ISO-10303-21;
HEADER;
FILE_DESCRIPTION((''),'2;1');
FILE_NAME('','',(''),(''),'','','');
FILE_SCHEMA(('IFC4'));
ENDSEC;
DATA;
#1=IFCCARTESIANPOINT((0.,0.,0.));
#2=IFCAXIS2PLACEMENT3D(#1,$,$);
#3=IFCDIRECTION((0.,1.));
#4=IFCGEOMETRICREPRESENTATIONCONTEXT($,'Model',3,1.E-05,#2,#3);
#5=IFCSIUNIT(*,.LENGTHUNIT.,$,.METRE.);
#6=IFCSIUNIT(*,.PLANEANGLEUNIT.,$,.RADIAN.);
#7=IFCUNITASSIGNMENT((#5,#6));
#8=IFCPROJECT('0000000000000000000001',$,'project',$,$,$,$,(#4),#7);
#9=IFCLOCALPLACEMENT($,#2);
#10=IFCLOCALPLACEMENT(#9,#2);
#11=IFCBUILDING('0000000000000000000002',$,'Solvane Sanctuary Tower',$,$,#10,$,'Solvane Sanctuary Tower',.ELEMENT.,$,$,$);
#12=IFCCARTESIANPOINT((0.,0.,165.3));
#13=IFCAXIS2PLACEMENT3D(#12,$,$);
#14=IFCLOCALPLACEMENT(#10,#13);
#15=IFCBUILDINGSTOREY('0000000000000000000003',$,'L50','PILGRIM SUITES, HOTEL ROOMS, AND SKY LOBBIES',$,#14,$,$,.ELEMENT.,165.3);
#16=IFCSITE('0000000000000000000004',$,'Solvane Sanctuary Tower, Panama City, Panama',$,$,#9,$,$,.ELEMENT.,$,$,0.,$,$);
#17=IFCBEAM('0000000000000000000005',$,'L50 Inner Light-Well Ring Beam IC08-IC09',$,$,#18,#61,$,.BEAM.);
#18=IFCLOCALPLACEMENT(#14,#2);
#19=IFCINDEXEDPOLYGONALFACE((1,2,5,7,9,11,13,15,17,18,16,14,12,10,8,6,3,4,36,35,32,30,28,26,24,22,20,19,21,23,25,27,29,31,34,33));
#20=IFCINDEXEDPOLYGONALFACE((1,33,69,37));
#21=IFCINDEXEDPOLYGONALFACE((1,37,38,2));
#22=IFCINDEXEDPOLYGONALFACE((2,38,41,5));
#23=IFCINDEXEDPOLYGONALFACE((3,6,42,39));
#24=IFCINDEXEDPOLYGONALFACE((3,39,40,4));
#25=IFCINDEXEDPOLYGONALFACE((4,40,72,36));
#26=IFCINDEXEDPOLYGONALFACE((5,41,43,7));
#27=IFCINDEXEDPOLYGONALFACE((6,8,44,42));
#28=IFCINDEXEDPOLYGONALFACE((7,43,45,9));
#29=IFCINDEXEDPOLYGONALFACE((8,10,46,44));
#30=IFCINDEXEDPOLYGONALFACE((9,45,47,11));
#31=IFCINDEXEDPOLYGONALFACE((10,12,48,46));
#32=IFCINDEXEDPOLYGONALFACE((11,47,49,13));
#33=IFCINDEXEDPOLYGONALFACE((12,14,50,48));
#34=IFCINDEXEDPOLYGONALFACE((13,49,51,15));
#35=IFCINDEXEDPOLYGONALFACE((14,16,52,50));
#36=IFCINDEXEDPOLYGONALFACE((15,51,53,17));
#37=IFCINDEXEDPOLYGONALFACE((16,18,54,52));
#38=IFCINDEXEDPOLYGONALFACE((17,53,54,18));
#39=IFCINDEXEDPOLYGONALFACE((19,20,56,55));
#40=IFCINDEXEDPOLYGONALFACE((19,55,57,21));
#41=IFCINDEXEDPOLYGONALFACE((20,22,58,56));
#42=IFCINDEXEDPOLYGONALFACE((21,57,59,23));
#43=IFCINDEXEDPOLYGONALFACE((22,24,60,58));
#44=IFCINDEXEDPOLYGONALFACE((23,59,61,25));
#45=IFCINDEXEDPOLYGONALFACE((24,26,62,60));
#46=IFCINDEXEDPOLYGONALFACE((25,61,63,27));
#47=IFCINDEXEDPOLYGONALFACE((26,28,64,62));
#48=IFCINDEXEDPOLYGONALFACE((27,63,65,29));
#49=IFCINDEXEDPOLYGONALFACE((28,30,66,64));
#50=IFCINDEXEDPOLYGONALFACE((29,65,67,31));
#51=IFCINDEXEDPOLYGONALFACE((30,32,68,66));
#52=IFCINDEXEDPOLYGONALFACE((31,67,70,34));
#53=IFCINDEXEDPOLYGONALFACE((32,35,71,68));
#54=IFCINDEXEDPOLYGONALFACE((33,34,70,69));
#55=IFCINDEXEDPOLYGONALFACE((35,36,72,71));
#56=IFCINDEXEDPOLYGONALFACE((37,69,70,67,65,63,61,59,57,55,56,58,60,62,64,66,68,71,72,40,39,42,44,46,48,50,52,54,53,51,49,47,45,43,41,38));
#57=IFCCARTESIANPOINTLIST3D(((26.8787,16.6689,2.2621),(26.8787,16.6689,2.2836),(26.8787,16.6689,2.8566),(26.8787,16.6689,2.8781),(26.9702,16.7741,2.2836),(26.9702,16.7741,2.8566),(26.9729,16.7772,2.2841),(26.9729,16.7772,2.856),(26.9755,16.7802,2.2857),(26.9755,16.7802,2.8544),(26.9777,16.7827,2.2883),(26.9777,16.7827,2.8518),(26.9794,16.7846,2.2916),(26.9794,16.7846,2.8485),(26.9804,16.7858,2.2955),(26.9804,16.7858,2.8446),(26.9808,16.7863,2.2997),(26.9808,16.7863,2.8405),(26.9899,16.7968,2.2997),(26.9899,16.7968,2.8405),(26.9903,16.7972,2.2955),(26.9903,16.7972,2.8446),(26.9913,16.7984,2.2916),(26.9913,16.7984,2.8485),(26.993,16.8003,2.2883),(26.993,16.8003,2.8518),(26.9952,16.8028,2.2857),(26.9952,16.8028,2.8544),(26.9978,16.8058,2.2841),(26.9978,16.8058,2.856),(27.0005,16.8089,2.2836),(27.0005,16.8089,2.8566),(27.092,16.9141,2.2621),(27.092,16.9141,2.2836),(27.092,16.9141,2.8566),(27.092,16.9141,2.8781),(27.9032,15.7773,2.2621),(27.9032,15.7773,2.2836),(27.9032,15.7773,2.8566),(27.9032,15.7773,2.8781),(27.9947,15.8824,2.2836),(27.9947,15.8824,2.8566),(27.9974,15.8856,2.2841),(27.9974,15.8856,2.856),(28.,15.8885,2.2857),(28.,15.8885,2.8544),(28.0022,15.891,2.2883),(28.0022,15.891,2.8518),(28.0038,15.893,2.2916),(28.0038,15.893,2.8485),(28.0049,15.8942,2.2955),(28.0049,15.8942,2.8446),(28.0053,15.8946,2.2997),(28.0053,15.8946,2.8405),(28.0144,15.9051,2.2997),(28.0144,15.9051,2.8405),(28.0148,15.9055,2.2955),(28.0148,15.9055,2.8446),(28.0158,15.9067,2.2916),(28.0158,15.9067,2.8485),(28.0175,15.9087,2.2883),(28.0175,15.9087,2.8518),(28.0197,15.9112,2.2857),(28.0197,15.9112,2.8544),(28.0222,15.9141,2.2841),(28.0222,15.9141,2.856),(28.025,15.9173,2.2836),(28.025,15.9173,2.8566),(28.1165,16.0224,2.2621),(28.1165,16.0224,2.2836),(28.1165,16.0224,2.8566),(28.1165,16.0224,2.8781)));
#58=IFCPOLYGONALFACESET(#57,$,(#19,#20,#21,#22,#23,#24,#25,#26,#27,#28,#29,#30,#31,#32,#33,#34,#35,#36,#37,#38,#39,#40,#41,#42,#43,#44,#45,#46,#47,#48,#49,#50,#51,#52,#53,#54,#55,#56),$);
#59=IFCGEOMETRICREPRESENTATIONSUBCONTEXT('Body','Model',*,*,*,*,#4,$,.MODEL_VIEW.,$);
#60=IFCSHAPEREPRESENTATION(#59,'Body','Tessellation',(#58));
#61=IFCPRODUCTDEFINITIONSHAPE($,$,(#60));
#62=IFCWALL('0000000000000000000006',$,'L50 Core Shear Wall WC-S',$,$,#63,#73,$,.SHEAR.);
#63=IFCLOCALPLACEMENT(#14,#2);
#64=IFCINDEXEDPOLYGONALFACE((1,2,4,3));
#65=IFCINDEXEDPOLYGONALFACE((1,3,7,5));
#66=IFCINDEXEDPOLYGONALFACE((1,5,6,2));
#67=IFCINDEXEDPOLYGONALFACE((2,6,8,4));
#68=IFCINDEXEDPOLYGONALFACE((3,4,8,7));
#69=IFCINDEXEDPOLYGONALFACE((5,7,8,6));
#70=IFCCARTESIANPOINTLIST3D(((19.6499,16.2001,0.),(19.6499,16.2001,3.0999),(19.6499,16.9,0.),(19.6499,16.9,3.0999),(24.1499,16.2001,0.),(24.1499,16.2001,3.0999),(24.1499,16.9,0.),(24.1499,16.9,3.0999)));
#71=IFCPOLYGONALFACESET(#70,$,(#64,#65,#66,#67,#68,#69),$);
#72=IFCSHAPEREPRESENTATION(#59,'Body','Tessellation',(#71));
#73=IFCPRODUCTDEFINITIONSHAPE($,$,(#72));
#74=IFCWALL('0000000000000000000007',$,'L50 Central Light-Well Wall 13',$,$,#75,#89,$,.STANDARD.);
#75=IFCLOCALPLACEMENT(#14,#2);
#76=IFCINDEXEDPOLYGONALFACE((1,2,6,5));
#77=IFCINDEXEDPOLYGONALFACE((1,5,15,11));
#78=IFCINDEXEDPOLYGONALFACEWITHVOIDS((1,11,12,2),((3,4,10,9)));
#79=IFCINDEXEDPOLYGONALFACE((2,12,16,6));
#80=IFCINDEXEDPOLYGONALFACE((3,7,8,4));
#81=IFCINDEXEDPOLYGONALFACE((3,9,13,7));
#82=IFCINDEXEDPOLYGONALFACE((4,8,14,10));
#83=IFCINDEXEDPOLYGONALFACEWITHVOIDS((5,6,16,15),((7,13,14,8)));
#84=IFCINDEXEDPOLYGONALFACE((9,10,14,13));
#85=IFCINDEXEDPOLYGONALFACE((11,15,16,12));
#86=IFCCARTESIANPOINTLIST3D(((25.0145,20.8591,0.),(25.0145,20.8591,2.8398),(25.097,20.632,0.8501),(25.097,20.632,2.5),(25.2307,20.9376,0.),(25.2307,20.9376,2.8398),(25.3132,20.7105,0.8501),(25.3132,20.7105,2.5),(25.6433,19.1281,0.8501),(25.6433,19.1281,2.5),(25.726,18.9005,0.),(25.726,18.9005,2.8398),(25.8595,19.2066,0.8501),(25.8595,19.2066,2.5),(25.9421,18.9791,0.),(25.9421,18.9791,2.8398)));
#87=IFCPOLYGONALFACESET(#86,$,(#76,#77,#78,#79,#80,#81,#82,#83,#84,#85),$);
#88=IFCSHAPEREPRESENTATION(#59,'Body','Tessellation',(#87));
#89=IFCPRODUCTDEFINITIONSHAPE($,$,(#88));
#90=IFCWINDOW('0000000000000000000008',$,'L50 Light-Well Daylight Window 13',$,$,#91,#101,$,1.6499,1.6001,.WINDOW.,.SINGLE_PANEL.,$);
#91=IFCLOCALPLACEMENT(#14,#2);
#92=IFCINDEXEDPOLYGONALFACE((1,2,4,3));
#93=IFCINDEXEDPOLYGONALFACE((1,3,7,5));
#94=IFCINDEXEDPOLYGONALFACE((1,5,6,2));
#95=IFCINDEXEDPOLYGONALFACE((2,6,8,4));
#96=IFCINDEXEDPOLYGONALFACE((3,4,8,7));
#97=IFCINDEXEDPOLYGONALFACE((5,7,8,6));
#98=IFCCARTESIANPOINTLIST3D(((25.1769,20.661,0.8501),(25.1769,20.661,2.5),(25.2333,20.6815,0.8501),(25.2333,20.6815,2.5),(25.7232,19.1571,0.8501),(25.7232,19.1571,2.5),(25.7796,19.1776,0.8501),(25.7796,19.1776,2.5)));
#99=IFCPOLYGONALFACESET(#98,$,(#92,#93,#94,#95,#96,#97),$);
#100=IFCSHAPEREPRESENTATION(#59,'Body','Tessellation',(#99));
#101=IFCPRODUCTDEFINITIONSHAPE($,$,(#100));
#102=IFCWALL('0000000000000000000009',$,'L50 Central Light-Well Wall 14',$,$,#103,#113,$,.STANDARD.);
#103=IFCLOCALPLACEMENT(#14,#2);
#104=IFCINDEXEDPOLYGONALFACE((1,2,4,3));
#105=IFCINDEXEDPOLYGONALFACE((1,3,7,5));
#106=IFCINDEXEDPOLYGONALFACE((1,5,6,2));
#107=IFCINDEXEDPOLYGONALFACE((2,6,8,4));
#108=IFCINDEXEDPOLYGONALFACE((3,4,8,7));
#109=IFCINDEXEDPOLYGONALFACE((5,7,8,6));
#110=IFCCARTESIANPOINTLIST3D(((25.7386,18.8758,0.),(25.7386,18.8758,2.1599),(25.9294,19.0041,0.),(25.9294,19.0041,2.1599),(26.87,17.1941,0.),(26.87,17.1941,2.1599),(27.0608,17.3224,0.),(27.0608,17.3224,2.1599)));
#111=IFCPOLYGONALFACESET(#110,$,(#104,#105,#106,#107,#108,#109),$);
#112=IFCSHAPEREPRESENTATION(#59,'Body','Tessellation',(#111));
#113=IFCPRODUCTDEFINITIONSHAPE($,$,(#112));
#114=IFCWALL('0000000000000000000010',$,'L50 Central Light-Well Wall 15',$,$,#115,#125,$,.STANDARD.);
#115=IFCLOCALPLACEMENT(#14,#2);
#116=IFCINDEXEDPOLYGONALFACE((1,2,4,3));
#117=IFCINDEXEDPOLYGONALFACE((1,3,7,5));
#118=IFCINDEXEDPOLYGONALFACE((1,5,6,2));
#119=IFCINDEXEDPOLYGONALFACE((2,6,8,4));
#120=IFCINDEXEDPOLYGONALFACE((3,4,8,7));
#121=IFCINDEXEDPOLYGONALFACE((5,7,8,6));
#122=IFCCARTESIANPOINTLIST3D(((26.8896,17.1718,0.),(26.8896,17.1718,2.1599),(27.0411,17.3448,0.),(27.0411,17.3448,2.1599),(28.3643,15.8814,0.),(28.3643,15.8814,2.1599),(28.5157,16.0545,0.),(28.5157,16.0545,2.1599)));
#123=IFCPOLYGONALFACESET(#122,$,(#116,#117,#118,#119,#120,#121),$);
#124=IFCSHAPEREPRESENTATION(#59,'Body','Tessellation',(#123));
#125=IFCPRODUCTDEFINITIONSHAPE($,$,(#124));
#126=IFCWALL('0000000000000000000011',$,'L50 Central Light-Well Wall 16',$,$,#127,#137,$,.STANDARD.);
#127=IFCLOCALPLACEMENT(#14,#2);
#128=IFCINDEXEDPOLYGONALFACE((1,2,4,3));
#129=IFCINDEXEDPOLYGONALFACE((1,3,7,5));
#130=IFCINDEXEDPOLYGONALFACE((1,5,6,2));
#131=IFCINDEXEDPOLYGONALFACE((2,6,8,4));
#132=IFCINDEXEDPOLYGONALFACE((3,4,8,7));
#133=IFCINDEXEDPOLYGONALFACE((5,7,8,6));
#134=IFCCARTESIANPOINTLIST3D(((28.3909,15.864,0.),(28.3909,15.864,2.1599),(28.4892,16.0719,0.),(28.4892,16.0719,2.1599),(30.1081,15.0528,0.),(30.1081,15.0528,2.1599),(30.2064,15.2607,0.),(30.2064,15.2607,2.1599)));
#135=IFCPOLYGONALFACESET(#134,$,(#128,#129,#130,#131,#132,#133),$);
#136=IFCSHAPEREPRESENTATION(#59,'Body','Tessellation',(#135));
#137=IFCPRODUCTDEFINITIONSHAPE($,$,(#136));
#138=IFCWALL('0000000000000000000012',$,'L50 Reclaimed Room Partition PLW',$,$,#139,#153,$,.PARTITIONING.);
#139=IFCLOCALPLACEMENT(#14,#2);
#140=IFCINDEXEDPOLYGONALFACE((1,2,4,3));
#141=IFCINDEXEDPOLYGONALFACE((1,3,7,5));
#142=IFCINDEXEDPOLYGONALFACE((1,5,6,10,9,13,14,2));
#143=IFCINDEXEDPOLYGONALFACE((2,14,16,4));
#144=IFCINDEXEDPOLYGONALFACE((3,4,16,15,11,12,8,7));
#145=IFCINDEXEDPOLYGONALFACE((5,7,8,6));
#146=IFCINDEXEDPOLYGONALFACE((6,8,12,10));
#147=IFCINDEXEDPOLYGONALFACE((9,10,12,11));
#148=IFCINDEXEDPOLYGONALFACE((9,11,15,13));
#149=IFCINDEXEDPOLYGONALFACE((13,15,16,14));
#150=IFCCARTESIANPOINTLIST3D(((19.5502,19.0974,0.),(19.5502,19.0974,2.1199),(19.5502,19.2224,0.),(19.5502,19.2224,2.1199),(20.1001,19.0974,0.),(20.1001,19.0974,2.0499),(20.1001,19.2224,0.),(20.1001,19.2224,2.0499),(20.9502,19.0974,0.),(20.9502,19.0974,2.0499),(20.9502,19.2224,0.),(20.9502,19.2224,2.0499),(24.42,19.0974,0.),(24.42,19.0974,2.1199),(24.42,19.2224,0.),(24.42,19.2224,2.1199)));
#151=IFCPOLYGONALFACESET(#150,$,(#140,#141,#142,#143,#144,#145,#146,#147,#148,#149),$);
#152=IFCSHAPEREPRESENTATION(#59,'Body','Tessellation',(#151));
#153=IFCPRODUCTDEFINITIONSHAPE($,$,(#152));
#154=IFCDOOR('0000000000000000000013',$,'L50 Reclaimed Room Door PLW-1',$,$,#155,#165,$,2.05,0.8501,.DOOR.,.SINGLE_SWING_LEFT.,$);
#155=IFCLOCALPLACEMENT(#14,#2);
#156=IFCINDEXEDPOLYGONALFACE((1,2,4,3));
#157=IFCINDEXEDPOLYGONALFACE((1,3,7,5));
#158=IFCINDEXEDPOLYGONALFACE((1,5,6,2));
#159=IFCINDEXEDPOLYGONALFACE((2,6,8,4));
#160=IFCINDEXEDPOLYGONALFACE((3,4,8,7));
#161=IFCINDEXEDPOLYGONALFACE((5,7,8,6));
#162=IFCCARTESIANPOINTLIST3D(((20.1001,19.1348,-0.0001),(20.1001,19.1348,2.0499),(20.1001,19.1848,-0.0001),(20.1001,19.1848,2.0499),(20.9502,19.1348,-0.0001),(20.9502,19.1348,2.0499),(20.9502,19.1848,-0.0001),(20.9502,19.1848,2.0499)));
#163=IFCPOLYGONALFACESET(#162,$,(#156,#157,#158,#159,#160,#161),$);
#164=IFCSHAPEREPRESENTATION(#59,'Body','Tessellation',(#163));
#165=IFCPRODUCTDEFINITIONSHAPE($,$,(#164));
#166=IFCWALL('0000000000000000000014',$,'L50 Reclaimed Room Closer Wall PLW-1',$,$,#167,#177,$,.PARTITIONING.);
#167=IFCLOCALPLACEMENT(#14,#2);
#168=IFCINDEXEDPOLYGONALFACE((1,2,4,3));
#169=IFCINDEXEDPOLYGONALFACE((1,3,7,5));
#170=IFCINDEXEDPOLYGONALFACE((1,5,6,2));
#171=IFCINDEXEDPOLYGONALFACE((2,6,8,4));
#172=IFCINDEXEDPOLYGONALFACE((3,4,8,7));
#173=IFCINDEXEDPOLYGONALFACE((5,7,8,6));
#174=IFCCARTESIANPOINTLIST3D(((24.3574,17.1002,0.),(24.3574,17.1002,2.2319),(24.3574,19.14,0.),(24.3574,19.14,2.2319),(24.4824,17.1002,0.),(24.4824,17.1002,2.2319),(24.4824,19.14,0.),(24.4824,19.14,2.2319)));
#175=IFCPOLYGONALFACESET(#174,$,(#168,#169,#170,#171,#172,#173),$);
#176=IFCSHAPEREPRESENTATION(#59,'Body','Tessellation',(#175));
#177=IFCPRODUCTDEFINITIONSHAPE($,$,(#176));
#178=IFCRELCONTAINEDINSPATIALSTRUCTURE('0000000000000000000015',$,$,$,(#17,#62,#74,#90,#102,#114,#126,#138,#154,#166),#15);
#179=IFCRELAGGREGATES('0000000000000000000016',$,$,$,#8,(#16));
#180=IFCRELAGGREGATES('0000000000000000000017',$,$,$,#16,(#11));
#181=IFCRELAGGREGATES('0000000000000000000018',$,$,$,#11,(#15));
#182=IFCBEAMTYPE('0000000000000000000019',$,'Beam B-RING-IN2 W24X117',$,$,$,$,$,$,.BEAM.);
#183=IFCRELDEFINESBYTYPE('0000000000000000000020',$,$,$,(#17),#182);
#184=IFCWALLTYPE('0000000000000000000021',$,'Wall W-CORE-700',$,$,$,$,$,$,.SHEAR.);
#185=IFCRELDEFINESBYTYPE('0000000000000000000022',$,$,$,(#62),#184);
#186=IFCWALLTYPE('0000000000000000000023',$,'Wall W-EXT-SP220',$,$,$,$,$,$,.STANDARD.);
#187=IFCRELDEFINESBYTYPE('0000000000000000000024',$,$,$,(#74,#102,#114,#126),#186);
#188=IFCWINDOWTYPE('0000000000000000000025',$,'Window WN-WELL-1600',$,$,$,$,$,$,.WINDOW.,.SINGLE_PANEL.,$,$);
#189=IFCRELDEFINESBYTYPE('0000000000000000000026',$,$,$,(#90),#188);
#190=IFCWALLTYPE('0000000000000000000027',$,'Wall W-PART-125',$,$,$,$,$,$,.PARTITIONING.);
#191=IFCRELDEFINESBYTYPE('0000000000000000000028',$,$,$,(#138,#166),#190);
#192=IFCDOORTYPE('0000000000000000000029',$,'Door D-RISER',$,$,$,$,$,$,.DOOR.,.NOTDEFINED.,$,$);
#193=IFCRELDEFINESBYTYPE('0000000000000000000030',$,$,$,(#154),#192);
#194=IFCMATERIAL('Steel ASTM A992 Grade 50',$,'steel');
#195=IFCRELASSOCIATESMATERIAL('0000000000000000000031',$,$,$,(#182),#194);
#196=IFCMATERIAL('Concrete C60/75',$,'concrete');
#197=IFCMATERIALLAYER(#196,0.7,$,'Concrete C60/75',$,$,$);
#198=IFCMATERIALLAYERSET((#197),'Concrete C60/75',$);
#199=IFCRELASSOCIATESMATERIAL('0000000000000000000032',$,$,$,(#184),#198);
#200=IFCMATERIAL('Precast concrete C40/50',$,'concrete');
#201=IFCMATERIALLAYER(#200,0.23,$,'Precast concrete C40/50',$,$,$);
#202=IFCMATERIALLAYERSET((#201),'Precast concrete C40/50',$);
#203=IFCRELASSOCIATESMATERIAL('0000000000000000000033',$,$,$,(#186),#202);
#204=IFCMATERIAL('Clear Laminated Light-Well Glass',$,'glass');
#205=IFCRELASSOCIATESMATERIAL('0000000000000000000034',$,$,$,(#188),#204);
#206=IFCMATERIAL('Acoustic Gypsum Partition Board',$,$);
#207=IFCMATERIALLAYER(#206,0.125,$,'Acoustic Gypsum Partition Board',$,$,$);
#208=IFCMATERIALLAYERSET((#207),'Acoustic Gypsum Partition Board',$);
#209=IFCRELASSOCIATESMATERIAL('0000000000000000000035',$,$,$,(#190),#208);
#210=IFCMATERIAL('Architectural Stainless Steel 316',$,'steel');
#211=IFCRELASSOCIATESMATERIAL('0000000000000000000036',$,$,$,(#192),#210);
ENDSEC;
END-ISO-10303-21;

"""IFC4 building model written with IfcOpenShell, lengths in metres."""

from ifc_helpers import new_model, si_unit, direction, frame, frame_2d, origin, origin_2d, place, context, subcontext, project, spatial, rectangle, i_section, extrude, material, layer, layer_set, material_profile, profile_set, type_object, element, fill, save


model = new_model("IFC4")

# Units and contexts
model_context = context("Model", 3, precision=1e-05, world=origin(), true_north=direction((0.0, 1.0)))
body_context = subcontext(model_context, "Body", "Model", "MODEL_VIEW")
ifc_project = project(units=[si_unit("LENGTHUNIT", "METRE"), si_unit("PLANEANGLEUNIT", "RADIAN")], contexts=[model_context])

# Site, building, storey
site_placement = place(None, origin())
site = spatial("IfcSite", under=ifc_project, at=site_placement, Name="Solvane Sanctuary Tower, Panama City, Panama", CompositionType="ELEMENT", RefElevation=0.0)
building_placement = place(site_placement, origin())
building = spatial("IfcBuilding", under=site, at=building_placement, Name="Solvane Sanctuary Tower", LongName="Solvane Sanctuary Tower", CompositionType="ELEMENT")
storey_placement = place(building_placement, frame((0.0, 0.0, 165.3)))
storey = spatial("IfcBuildingStorey", under=building, at=storey_placement, Name="L50", Description="PILGRIM SUITES, HOTEL ROOMS, AND SKY LOBBIES", CompositionType="ELEMENT", Elevation=165.3)

# Beam
ifc_material_1 = material(Name="Steel ASTM A992 Grade 50", Category="steel")
ifc_material_profile_1 = material_profile(ifc_material_1, i_section(OverallWidth=0.325, OverallDepth=0.616, WebThickness=0.0139, FlangeThickness=0.0215, FilletRadius=0.0161, at=origin_2d()), Name="W24X117")
ifc_profile_set_1 = profile_set([ifc_material_profile_1], Name="Steel ASTM A992 Grade 50")
beam_type_1 = type_object("IfcBeamType", Name="Beam B-RING-IN2 W24X117", PredefinedType="BEAM", material=ifc_profile_set_1)
beam_1_placement = place(storey_placement, frame((26.9854, 16.7915, 2.5701), z_axis=(0.754311, -0.656517, 0.0), x_axis=(0.656517, 0.754311, 0.0)))
element("IfcBeam", 1, at=beam_1_placement, inside=storey, type_object=beam_type_1, Name="L50 Inner Light-Well Ring Beam IC08-IC09", PredefinedType="BEAM", context=body_context, shape_type="SweptSolid", body=[
    extrude(i_section(OverallWidth=0.325, OverallDepth=0.616, WebThickness=0.0139, FlangeThickness=0.0215, FilletRadius=0.0161, at=origin_2d()), origin(), (0.0, 0.0, 1.0), 1.3582),
])

# Wall
ifc_material_2 = material(Name="Concrete C60/75", Category="concrete")
ifc_layer_1 = layer(ifc_material_2, 0.7, Name="Concrete C60/75")
ifc_layer_set_1 = layer_set([ifc_layer_1], Name="Concrete C60/75")
wall_type_1 = type_object("IfcWallType", Name="Wall W-CORE-700", PredefinedType="SHEAR", material=ifc_layer_set_1)
wall_1_placement = place(storey_placement, frame((19.6499, 16.55, 0.0), z_axis=(0.0, 0.0, 1.0), x_axis=(1.0, 0.0, 0.0)))
element("IfcWall", 2, at=wall_1_placement, inside=storey, type_object=wall_type_1, Name="L50 Core Shear Wall WC-S", PredefinedType="SHEAR", context=body_context, shape_type="SweptSolid", body=[
    extrude(rectangle(XDim=4.5, YDim=0.7, at=frame_2d((2.25, 0.0))), origin(), (0.0, 0.0, 1.0), 3.0999),
])

# Wall, opening, window
ifc_material_3 = material(Name="Precast concrete C40/50", Category="concrete")
ifc_layer_2 = layer(ifc_material_3, 0.23, Name="Precast concrete C40/50")
ifc_layer_set_2 = layer_set([ifc_layer_2], Name="Precast concrete C40/50")
wall_type_2 = type_object("IfcWallType", Name="Wall W-EXT-SP220", PredefinedType="STANDARD", material=ifc_layer_set_2)
wall_2_placement = place(storey_placement, frame((25.1226, 20.8984, 0.0), z_axis=(0.0, 0.0, 1.0), x_axis=(0.341423, -0.93991, 0.0)))
wall_2 = element("IfcWall", 3, at=wall_2_placement, inside=storey, type_object=wall_type_2, Name="L50 Central Light-Well Wall 13", PredefinedType="STANDARD", context=body_context, shape_type="SweptSolid", body=[
    extrude(rectangle(XDim=2.0837, YDim=0.23, at=frame_2d((1.042, 0.0))), origin(), (0.0, 0.0, 1.0), 2.8398),
])
opening_1_placement = place(wall_2_placement, frame((0.2417, 0.0, 0.8501)))
opening_1 = element("IfcOpeningElement", 4, at=opening_1_placement, cuts=wall_2, PredefinedType="OPENING", context=body_context, shape_type="SweptSolid", body=[
    extrude(rectangle(XDim=1.6001, YDim=1.6499, at=frame_2d((0.8, 0.825))), frame((0.0, 0.125, 0.0), z_axis=(0.0, -1.0, 0.0), x_axis=(1.0, 0.0, 0.0)), (0.0, 0.0, 1.0), 0.25),
])
ifc_material_4 = material(Name="Clear Laminated Light-Well Glass", Category="glass")
window_type = type_object("IfcWindowType", Name="Window WN-WELL-1600", PartitioningType="SINGLE_PANEL", PredefinedType="WINDOW", material=ifc_material_4)
window_placement = place(opening_1_placement, origin())
window = element("IfcWindow", 5, at=window_placement, inside=storey, type_object=window_type, Name="L50 Light-Well Daylight Window 13", OverallHeight=1.6499, OverallWidth=1.6001, PartitioningType="SINGLE_PANEL", PredefinedType="WINDOW", context=body_context, shape_type="SweptSolid", body=[
    extrude(rectangle(XDim=1.6001, YDim=1.6499, at=frame_2d((0.8, 0.825))), frame((0.0, 0.03, 0.0), z_axis=(0.0, -1.0, 0.0), x_axis=(1.0, 0.0, 0.0)), (0.0, 0.0, 1.0), 0.0601),
])
fill(opening_1, window)

# Walls
wall_3_placement = place(storey_placement, frame((25.834, 18.9399, 0.0), z_axis=(0.0, 0.0, 1.0), x_axis=(0.558198, -0.829708, 0.0)))
element("IfcWall", 6, at=wall_3_placement, inside=storey, type_object=wall_type_2, Name="L50 Central Light-Well Wall 14", PredefinedType="STANDARD", context=body_context, shape_type="SweptSolid", body=[
    extrude(rectangle(XDim=2.0269, YDim=0.23, at=frame_2d((1.0134, 0.0))), origin(), (0.0, 0.0, 1.0), 2.1599),
])
wall_4_placement = place(storey_placement, frame((26.9653, 17.2583, 0.0), z_axis=(0.0, 0.0, 1.0), x_axis=(0.752577, -0.658505, 0.0)))
element("IfcWall", 7, at=wall_4_placement, inside=storey, type_object=wall_type_2, Name="L50 Central Light-Well Wall 15", PredefinedType="STANDARD", context=body_context, shape_type="SweptSolid", body=[
    extrude(rectangle(XDim=1.9595, YDim=0.23, at=frame_2d((0.9797, 0.0))), origin(), (0.0, 0.0, 1.0), 2.1599),
])
wall_5_placement = place(storey_placement, frame((28.4399, 15.968, 0.0), z_axis=(0.0, 0.0, 1.0), x_axis=(0.90418, -0.427152, 0.0)))
element("IfcWall", 8, at=wall_5_placement, inside=storey, type_object=wall_type_2, Name="L50 Central Light-Well Wall 16", PredefinedType="STANDARD", context=body_context, shape_type="SweptSolid", body=[
    extrude(rectangle(XDim=1.8992, YDim=0.23, at=frame_2d((0.9497, 0.0))), origin(), (0.0, 0.0, 1.0), 2.1599),
])

# Wall, opening, door
ifc_material_5 = material(Name="Acoustic Gypsum Partition Board")
ifc_layer_3 = layer(ifc_material_5, 0.125, Name="Acoustic Gypsum Partition Board")
ifc_layer_set_3 = layer_set([ifc_layer_3], Name="Acoustic Gypsum Partition Board")
wall_type_3 = type_object("IfcWallType", Name="Wall W-PART-125", PredefinedType="PARTITIONING", material=ifc_layer_set_3)
wall_6_placement = place(storey_placement, frame((19.55, 19.1599, 0.0), z_axis=(0.0, 0.0, 1.0), x_axis=(1.0, 0.0, 0.0)))
wall_6 = element("IfcWall", 9, at=wall_6_placement, inside=storey, type_object=wall_type_3, Name="L50 Reclaimed Room Partition PLW", PredefinedType="PARTITIONING", context=body_context, shape_type="SweptSolid", body=[
    extrude(rectangle(XDim=4.8699, YDim=0.125, at=frame_2d((2.4351, 0.0))), origin(), (0.0, 0.0, 1.0), 2.1199),
])
opening_2_placement = place(wall_6_placement, frame((0.55, 0.0, 0.0)))
opening_2 = element("IfcOpeningElement", 10, at=opening_2_placement, cuts=wall_6, PredefinedType="OPENING", context=body_context, shape_type="SweptSolid", body=[
    extrude(rectangle(XDim=0.8501, YDim=2.05, at=frame_2d((0.425, 1.0249))), frame((0.0, 0.0725, 0.0), z_axis=(0.0, -1.0, 0.0), x_axis=(1.0, 0.0, 0.0)), (0.0, 0.0, 1.0), 0.145),
])
ifc_material_6 = material(Name="Architectural Stainless Steel 316", Category="steel")
door_type = type_object("IfcDoorType", Name="Door D-RISER", OperationType="NOTDEFINED", PredefinedType="DOOR", material=ifc_material_6)
door_placement = place(opening_2_placement, origin())
door = element("IfcDoor", 11, at=door_placement, inside=storey, type_object=door_type, Name="L50 Reclaimed Room Door PLW-1", OperationType="SINGLE_SWING_LEFT", OverallHeight=2.05, OverallWidth=0.8501, PredefinedType="DOOR", context=body_context, shape_type="SweptSolid", body=[
    extrude(rectangle(XDim=0.8501, YDim=2.05, at=frame_2d((0.425, 1.0249))), frame((0.0, 0.0249, 0.0), z_axis=(0.0, -1.0, 0.0), x_axis=(1.0, 0.0, 0.0)), (0.0, 0.0, 1.0), 0.05),
])
fill(opening_2, door)

# Wall
wall_7_placement = place(storey_placement, frame((24.4199, 17.1001, 0.0), z_axis=(0.0, 0.0, 1.0), x_axis=(0.0, 1.0, 0.0)))
element("IfcWall", 12, at=wall_7_placement, inside=storey, type_object=wall_type_3, Name="L50 Reclaimed Room Closer Wall PLW-1", PredefinedType="PARTITIONING", context=body_context, shape_type="SweptSolid", body=[
    extrude(rectangle(XDim=2.0398, YDim=0.125, at=frame_2d((1.02, 0.0))), origin(), (0.0, 0.0, 1.0), 2.2319),
])

save(model, "model.ifc")
